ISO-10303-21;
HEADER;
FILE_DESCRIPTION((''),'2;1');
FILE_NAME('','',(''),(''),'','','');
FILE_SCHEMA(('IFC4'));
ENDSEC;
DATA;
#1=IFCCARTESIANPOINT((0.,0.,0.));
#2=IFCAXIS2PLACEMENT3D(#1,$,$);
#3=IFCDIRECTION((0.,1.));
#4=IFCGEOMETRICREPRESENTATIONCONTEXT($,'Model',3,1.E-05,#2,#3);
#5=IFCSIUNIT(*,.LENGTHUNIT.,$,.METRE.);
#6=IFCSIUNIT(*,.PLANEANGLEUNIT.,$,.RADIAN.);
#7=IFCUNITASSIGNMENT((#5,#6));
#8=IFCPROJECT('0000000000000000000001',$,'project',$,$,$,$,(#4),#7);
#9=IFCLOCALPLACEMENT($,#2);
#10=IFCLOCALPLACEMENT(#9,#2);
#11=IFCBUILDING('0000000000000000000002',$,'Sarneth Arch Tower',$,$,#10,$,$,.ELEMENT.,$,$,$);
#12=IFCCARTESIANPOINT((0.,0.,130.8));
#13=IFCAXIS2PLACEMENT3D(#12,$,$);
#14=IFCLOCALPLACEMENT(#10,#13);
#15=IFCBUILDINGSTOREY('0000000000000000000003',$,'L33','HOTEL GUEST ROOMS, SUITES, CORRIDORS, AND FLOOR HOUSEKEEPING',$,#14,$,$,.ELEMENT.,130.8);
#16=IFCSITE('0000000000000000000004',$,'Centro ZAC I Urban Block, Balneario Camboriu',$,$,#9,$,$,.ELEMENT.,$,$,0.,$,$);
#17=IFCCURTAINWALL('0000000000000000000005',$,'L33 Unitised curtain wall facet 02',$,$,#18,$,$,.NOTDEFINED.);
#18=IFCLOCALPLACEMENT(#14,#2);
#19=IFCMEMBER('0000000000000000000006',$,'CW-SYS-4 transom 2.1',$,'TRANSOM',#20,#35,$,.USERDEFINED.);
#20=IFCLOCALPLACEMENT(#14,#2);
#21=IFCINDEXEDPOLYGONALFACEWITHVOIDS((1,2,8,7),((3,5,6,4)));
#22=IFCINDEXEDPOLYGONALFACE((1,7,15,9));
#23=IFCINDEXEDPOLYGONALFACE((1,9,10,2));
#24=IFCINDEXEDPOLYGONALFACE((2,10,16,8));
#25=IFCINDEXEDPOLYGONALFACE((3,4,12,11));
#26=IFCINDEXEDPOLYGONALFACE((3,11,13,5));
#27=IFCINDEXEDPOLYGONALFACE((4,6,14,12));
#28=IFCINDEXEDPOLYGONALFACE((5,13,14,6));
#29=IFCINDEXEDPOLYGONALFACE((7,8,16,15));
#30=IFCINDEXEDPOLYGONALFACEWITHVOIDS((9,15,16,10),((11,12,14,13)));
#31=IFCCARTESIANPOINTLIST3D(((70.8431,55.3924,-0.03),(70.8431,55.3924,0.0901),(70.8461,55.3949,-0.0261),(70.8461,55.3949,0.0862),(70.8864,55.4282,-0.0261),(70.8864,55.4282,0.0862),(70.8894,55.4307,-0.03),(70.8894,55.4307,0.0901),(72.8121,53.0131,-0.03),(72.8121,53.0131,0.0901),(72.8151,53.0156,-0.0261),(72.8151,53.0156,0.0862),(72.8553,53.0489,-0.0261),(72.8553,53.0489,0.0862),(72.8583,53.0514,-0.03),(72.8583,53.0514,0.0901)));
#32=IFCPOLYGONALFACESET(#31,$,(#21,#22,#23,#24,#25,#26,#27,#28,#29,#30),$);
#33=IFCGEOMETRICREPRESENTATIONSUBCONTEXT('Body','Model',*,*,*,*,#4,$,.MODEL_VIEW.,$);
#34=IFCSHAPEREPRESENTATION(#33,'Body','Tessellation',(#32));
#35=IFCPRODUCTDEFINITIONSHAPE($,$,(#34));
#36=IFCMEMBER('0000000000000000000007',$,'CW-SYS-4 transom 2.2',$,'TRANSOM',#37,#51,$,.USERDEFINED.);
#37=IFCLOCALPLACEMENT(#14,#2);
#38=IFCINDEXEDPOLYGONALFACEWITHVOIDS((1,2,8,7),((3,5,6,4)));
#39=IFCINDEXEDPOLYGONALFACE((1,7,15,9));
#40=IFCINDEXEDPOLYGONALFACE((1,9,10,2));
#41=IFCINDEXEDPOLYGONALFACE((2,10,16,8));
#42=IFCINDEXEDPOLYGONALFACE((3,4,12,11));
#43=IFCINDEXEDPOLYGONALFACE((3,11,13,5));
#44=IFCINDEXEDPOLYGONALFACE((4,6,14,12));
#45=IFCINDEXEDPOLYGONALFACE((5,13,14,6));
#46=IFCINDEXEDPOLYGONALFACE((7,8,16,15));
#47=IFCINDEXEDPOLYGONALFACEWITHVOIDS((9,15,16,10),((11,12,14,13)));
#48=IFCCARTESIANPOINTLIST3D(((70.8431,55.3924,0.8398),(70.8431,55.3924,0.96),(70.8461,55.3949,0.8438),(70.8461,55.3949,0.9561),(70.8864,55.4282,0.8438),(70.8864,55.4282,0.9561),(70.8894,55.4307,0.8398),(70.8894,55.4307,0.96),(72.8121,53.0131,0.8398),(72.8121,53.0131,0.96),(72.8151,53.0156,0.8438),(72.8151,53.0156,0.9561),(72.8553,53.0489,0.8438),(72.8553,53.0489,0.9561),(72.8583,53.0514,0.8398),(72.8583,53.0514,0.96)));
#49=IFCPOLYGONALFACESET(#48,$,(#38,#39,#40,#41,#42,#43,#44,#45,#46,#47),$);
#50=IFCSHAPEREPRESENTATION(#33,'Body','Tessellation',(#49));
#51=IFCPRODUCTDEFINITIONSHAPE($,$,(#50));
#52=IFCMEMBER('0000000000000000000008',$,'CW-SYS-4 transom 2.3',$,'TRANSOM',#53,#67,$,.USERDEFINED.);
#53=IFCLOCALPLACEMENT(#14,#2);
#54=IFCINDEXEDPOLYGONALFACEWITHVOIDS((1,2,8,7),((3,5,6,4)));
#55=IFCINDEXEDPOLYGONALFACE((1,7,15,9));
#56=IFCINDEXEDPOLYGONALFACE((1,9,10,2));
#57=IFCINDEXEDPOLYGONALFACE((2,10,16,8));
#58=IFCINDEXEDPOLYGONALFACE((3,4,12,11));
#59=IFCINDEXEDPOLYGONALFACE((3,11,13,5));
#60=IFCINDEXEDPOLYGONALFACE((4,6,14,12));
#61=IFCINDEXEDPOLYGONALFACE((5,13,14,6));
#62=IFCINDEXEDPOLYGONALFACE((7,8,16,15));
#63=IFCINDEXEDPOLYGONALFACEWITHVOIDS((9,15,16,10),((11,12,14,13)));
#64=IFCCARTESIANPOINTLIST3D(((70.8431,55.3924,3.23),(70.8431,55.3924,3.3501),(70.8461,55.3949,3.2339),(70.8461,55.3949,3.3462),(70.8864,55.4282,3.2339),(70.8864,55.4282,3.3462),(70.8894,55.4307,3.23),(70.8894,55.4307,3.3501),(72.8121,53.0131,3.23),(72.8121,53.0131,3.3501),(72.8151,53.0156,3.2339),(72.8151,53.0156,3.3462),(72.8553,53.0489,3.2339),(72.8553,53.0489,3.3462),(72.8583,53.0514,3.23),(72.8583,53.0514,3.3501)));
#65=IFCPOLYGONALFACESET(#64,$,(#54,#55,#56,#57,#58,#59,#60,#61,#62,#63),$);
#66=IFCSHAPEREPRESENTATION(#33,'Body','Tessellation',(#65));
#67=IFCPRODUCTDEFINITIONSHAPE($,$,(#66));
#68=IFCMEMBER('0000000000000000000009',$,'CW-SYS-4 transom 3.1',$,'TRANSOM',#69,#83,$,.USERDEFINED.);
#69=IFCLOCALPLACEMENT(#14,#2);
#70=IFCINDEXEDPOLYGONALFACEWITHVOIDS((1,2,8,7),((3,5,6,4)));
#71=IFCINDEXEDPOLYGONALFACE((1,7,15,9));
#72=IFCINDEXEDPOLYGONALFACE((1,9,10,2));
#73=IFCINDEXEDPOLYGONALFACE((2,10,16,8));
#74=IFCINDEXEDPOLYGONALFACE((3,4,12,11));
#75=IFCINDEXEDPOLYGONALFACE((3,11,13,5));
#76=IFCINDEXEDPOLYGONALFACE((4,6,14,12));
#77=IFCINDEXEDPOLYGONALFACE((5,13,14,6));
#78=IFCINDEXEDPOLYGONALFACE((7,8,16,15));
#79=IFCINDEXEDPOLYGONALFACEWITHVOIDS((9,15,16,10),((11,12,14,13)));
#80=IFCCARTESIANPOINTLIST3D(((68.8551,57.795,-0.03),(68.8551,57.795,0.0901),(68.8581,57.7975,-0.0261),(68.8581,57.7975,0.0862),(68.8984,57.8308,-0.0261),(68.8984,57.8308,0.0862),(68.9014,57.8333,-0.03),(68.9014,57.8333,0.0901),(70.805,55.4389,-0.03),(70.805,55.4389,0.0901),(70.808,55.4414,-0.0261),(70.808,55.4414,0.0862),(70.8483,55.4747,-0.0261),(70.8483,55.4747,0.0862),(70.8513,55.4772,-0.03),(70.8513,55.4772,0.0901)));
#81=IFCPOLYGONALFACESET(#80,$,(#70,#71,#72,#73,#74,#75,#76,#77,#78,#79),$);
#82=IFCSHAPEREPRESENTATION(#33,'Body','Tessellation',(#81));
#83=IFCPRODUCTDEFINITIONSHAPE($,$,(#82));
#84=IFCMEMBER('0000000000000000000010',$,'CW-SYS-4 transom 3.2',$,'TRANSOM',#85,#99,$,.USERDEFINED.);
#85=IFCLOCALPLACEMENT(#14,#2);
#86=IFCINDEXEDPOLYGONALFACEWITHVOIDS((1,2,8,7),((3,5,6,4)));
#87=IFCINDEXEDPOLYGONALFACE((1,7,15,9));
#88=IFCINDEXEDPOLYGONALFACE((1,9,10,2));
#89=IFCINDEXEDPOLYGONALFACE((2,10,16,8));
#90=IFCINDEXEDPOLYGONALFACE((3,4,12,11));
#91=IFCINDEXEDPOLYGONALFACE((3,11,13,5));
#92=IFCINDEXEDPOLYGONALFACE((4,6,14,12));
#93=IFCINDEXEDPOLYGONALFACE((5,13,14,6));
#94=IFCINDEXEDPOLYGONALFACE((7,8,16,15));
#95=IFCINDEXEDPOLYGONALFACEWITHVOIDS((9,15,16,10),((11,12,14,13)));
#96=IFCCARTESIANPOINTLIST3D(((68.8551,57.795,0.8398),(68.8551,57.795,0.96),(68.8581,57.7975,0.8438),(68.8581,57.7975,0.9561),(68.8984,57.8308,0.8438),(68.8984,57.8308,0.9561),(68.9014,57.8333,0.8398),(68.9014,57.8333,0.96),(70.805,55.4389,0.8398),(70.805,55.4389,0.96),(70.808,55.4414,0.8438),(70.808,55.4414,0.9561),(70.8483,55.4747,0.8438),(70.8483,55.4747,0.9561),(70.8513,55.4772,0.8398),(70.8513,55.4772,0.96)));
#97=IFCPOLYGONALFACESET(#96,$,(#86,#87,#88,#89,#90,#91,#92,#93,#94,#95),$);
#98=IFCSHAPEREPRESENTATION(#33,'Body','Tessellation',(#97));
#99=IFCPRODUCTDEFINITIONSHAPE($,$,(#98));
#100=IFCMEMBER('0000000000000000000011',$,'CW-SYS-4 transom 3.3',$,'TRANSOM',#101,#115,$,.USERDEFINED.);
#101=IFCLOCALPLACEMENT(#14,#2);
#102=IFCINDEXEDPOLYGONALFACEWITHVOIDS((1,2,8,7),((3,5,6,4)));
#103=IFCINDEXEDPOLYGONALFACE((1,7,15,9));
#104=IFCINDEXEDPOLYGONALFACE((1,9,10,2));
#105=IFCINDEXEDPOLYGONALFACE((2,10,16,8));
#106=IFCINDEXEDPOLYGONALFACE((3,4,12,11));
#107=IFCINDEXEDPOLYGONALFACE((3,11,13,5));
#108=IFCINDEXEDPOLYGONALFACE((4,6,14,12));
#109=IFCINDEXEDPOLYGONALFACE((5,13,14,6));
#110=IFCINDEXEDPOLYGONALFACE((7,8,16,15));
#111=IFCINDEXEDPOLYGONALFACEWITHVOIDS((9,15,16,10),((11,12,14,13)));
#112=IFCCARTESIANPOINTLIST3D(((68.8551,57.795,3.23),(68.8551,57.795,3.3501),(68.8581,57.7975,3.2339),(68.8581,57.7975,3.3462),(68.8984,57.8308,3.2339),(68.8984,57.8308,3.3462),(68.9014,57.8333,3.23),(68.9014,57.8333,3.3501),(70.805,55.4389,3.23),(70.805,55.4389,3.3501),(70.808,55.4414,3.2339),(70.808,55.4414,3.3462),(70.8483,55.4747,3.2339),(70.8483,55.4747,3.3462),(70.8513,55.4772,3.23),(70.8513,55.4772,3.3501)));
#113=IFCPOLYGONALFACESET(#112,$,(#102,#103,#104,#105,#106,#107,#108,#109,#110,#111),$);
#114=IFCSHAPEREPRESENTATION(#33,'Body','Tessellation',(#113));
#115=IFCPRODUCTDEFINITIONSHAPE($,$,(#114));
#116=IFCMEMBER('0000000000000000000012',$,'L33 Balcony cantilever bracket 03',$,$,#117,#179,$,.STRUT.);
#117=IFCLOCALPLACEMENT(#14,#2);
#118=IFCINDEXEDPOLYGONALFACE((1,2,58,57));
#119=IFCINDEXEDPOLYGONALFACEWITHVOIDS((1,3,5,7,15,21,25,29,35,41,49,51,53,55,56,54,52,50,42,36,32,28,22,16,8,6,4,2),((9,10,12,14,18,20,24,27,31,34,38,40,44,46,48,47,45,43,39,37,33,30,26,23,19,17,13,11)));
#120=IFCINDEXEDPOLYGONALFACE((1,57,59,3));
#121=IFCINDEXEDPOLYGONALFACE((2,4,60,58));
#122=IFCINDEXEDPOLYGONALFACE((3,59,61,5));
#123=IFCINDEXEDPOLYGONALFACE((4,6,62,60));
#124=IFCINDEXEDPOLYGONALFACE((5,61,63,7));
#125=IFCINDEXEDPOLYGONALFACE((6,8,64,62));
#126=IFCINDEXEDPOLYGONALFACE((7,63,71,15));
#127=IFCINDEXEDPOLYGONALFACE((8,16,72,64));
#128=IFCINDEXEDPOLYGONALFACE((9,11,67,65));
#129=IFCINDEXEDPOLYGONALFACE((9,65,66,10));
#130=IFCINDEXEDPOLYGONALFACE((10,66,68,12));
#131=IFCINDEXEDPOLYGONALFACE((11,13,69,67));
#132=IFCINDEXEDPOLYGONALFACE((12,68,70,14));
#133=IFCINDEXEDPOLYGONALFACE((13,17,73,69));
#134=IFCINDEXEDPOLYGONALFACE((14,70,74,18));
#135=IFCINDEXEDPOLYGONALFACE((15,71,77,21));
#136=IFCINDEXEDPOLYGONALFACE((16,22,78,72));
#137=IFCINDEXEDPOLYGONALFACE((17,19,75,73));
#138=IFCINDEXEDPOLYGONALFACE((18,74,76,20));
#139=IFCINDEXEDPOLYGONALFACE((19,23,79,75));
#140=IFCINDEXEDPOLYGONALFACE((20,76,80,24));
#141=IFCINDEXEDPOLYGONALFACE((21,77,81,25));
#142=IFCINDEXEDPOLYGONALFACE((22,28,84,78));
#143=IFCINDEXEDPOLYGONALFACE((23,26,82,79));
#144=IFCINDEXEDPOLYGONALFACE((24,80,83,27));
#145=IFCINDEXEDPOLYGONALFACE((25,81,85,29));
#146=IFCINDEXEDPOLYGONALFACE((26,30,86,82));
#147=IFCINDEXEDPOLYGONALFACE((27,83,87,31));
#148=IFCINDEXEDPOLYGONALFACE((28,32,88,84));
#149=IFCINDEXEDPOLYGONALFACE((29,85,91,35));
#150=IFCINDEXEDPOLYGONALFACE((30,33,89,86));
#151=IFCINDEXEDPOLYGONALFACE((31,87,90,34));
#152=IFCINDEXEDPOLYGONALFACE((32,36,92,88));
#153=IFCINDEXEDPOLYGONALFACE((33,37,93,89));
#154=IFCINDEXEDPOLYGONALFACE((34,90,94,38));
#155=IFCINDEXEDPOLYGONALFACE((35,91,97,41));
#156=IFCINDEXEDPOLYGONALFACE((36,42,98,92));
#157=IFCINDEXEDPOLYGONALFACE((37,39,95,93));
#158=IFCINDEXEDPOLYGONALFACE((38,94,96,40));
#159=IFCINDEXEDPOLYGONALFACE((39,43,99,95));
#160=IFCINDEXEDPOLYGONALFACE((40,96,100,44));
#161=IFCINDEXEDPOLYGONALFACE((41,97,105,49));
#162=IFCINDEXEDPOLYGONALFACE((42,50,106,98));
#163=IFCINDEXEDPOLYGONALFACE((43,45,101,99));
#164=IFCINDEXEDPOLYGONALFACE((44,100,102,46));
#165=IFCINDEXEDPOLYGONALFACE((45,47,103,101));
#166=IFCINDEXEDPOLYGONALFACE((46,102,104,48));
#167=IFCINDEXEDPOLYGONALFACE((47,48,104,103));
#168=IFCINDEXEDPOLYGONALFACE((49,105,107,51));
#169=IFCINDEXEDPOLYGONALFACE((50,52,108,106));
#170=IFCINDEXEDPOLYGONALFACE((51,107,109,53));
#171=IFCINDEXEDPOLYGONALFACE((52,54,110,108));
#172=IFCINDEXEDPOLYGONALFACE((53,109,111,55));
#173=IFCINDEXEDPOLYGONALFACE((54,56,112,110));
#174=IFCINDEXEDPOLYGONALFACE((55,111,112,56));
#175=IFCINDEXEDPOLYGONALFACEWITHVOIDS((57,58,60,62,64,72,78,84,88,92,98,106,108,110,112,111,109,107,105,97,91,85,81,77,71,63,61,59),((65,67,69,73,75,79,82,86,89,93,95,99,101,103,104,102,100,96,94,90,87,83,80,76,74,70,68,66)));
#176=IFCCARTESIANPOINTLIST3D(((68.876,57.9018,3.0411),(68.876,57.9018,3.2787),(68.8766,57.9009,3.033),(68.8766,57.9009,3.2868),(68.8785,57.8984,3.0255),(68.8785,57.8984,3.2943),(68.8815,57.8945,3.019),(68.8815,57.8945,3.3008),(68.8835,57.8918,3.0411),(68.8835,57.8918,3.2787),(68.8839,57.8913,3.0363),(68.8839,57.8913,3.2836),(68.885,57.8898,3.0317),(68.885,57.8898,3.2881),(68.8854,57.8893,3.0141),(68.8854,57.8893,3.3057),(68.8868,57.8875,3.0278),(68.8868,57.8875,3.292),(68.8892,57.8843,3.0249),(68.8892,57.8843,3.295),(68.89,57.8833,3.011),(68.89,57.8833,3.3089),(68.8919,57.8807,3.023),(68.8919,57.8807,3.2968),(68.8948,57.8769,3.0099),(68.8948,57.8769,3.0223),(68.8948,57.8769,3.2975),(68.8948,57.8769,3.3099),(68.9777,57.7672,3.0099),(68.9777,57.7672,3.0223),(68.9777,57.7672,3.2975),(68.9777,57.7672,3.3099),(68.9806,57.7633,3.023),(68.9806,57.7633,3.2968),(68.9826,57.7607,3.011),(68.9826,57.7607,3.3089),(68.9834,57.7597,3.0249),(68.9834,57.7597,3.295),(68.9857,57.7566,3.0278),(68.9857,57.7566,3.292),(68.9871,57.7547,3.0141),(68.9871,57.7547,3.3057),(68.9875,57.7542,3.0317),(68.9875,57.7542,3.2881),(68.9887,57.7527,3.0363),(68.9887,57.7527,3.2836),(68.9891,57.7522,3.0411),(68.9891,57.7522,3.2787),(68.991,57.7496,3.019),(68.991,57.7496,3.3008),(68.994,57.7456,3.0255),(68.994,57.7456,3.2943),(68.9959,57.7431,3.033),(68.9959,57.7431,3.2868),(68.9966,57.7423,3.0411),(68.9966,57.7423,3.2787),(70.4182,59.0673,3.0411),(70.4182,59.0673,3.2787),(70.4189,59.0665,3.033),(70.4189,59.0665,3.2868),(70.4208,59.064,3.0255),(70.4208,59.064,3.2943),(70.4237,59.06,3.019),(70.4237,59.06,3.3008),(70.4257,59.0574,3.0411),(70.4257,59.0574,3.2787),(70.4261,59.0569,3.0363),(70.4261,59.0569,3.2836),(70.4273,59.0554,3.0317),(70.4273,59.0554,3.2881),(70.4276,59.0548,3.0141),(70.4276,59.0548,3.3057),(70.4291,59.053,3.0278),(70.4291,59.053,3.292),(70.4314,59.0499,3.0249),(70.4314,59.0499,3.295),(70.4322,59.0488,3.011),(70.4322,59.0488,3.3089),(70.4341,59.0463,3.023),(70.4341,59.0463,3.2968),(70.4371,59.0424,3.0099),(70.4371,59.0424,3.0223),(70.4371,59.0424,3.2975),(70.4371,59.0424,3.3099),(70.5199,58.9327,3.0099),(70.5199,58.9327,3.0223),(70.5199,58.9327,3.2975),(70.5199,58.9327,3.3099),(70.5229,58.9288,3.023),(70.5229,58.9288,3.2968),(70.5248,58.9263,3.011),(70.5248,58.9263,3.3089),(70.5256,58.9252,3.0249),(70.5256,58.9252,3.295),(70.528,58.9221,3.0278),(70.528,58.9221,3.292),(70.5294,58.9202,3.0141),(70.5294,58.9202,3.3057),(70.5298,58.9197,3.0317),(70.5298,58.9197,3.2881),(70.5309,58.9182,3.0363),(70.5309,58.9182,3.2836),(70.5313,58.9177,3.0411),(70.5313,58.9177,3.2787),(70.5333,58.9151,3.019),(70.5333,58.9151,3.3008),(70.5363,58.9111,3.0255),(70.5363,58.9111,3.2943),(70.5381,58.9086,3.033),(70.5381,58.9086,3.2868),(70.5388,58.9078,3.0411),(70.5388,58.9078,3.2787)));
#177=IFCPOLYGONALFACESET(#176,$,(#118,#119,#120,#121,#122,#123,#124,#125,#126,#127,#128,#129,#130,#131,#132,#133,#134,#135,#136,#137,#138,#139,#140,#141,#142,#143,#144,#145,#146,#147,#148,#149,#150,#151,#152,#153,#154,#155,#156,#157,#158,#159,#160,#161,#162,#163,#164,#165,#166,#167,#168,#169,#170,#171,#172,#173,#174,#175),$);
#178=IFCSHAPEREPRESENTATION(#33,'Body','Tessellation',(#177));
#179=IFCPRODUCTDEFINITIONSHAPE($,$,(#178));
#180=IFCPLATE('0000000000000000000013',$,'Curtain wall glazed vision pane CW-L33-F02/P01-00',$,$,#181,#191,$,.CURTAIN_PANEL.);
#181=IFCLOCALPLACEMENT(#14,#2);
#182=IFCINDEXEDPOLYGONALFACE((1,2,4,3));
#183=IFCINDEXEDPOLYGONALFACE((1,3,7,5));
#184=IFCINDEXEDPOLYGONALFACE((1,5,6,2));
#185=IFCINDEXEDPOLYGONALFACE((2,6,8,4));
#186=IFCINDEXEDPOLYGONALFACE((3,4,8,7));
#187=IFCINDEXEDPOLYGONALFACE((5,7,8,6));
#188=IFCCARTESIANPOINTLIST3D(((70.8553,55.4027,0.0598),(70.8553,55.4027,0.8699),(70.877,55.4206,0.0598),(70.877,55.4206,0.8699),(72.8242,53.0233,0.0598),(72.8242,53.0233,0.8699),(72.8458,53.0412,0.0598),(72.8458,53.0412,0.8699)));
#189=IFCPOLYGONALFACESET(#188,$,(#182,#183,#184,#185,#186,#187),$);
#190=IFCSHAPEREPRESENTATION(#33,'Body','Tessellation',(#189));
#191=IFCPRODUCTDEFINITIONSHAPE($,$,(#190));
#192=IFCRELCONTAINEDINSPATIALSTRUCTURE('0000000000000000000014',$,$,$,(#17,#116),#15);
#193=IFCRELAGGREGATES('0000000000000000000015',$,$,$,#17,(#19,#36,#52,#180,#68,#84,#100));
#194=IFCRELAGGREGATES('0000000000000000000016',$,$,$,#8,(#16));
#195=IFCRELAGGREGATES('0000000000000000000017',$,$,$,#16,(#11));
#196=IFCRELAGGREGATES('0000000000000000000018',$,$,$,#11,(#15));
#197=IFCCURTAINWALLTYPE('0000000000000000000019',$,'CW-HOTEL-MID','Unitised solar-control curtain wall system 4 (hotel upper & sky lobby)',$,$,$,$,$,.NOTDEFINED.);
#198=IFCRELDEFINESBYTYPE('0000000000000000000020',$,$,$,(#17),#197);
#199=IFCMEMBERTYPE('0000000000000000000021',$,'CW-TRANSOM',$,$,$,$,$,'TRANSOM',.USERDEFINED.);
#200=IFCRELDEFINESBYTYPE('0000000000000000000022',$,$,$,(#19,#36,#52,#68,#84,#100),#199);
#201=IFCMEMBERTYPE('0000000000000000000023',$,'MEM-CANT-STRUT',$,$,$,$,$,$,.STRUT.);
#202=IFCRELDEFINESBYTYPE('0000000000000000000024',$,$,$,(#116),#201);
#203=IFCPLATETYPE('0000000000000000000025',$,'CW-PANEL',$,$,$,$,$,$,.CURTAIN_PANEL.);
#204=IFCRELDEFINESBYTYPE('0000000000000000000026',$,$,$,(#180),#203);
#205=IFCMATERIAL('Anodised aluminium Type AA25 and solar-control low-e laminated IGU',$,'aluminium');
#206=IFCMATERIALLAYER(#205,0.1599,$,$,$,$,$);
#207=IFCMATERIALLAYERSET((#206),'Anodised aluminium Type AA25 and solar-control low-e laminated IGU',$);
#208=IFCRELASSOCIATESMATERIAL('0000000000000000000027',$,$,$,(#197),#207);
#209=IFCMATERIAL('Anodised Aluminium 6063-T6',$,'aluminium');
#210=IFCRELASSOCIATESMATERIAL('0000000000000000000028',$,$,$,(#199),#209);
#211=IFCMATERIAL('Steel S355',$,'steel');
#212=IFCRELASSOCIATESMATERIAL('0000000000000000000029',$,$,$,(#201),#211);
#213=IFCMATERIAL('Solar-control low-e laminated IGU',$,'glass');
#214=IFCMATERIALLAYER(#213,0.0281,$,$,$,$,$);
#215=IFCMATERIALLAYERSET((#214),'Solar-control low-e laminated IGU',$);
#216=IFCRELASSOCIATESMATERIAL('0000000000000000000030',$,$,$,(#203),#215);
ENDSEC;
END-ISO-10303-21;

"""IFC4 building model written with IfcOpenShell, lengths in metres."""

from ifc_helpers import new_model, si_unit, direction, frame, origin, origin_2d, place, context, subcontext, project, spatial, rectangle, hollow_rectangle, extrude, material, layer, layer_set, material_profile, profile_set, type_object, element, aggregate, save


model = new_model("IFC4")

# Units and contexts
model_context = context("Model", 3, precision=1e-05, world=origin(), true_north=direction((0.0, 1.0)))
body_context = subcontext(model_context, "Body", "Model", "MODEL_VIEW")
ifc_project = project(units=[si_unit("LENGTHUNIT", "METRE"), si_unit("PLANEANGLEUNIT", "RADIAN")], contexts=[model_context])

# Site, building, storey
site_placement = place(None, origin())
site = spatial("IfcSite", under=ifc_project, at=site_placement, Name="Centro ZAC I Urban Block, Balneario Camboriu", CompositionType="ELEMENT", RefElevation=0.0)
building_placement = place(site_placement, origin())
building = spatial("IfcBuilding", under=site, at=building_placement, Name="Sarneth Arch Tower", CompositionType="ELEMENT")
storey_placement = place(building_placement, frame((0.0, 0.0, 130.8)))
storey = spatial("IfcBuildingStorey", under=building, at=storey_placement, Name="L33", Description="HOTEL GUEST ROOMS, SUITES, CORRIDORS, AND FLOOR HOUSEKEEPING", CompositionType="ELEMENT", Elevation=130.8)

# Curtain wall, members
ifc_material_1 = material(Name="Anodised aluminium Type AA25 and solar-control low-e laminated IGU", Category="aluminium")
ifc_layer_1 = layer(ifc_material_1, 0.1599)
ifc_layer_set_1 = layer_set([ifc_layer_1], Name="Anodised aluminium Type AA25 and solar-control low-e laminated IGU")
curtain_wall_type = type_object("IfcCurtainWallType", Name="CW-HOTEL-MID", Description="Unitised solar-control curtain wall system 4 (hotel upper & sky lobby)", PredefinedType="NOTDEFINED", material=ifc_layer_set_1)
curtain_wall_placement = place(storey_placement, origin())
curtain_wall = element("IfcCurtainWall", 1, at=curtain_wall_placement, inside=storey, type_object=curtain_wall_type, Name="L33 Unitised curtain wall facet 02", PredefinedType="NOTDEFINED")
ifc_material_2 = material(Name="Anodised Aluminium 6063-T6", Category="aluminium")
ifc_material_profile_1 = material_profile(ifc_material_2, hollow_rectangle(XDim=0.0601, YDim=0.1201, WallThickness=0.0039, at=origin_2d()), Name="AL-TRAN-120x60x4")
ifc_profile_set_1 = profile_set([ifc_material_profile_1], Name="Anodised Aluminium 6063-T6")
member_type_1 = type_object("IfcMemberType", Name="CW-TRANSOM", ElementType="TRANSOM", PredefinedType="USERDEFINED", material=ifc_profile_set_1)
member_1_placement = place(storey_placement, frame((72.8352, 53.0322, 0.03), z_axis=(-0.637537, 0.77042, 0.0), x_axis=(-0.77042, -0.637537, 0.0)))
member_1 = element("IfcMember", 2, at=member_1_placement, type_object=member_type_1, Name="CW-SYS-4 transom 2.1", ObjectType="TRANSOM", PredefinedType="USERDEFINED", context=body_context, shape_type="SweptSolid", body=[
    extrude(hollow_rectangle(XDim=0.0601, YDim=0.1201, WallThickness=0.0039, at=origin_2d()), origin(), (0.0, 0.0, 1.0), 3.0884),
])
member_2_placement = place(storey_placement, frame((72.8352, 53.0322, 0.8999), z_axis=(-0.637537, 0.77042, 0.0), x_axis=(-0.77042, -0.637537, 0.0)))
member_2 = element("IfcMember", 3, at=member_2_placement, type_object=member_type_1, Name="CW-SYS-4 transom 2.2", ObjectType="TRANSOM", PredefinedType="USERDEFINED", context=body_context, shape_type="SweptSolid", body=[
    extrude(hollow_rectangle(XDim=0.0601, YDim=0.1201, WallThickness=0.0039, at=origin_2d()), origin(), (0.0, 0.0, 1.0), 3.0884),
])
member_3_placement = place(storey_placement, frame((72.8352, 53.0322, 3.29), z_axis=(-0.637537, 0.77042, 0.0), x_axis=(-0.77042, -0.637537, 0.0)))
member_3 = element("IfcMember", 4, at=member_3_placement, type_object=member_type_1, Name="CW-SYS-4 transom 2.3", ObjectType="TRANSOM", PredefinedType="USERDEFINED", context=body_context, shape_type="SweptSolid", body=[
    extrude(hollow_rectangle(XDim=0.0601, YDim=0.1201, WallThickness=0.0039, at=origin_2d()), origin(), (0.0, 0.0, 1.0), 3.0884),
])
member_4_placement = place(storey_placement, frame((70.8281, 55.458, 0.03), z_axis=(-0.637566, 0.770396, 0.0), x_axis=(-0.770396, -0.637566, 0.0)))
member_4 = element("IfcMember", 5, at=member_4_placement, type_object=member_type_1, Name="CW-SYS-4 transom 3.1", ObjectType="TRANSOM", PredefinedType="USERDEFINED", context=body_context, shape_type="SweptSolid", body=[
    extrude(hollow_rectangle(XDim=0.0601, YDim=0.1201, WallThickness=0.0039, at=origin_2d()), origin(), (0.0, 0.0, 1.0), 3.0583),
])
member_5_placement = place(storey_placement, frame((70.8281, 55.458, 0.8999), z_axis=(-0.637566, 0.770396, 0.0), x_axis=(-0.770396, -0.637566, 0.0)))
member_5 = element("IfcMember", 6, at=member_5_placement, type_object=member_type_1, Name="CW-SYS-4 transom 3.2", ObjectType="TRANSOM", PredefinedType="USERDEFINED", context=body_context, shape_type="SweptSolid", body=[
    extrude(hollow_rectangle(XDim=0.0601, YDim=0.1201, WallThickness=0.0039, at=origin_2d()), origin(), (0.0, 0.0, 1.0), 3.0583),
])
member_6_placement = place(storey_placement, frame((70.8281, 55.458, 3.29), z_axis=(-0.637566, 0.770396, 0.0), x_axis=(-0.770396, -0.637566, 0.0)))
member_6 = element("IfcMember", 7, at=member_6_placement, type_object=member_type_1, Name="CW-SYS-4 transom 3.3", ObjectType="TRANSOM", PredefinedType="USERDEFINED", context=body_context, shape_type="SweptSolid", body=[
    extrude(hollow_rectangle(XDim=0.0601, YDim=0.1201, WallThickness=0.0039, at=origin_2d()), origin(), (0.0, 0.0, 1.0), 3.0583),
])

# Member
ifc_material_3 = material(Name="Steel S355", Category="steel")
ifc_material_profile_2 = material_profile(ifc_material_3, hollow_rectangle(XDim=0.2, YDim=0.3, WallThickness=0.0125, InnerFilletRadius=0.0188, OuterFilletRadius=0.0312, at=origin_2d()), Name="RHS300x200x12.5")
ifc_profile_set_2 = profile_set([ifc_material_profile_2], Name="Steel S355")
member_type_2 = type_object("IfcMemberType", Name="MEM-CANT-STRUT", PredefinedType="STRUT", material=ifc_profile_set_2)
member_7_placement = place(storey_placement, frame((68.9363, 57.822, 3.1599), z_axis=(0.797797, 0.602926, 0.0), x_axis=(-0.602926, 0.797797, 0.0)))
element("IfcMember", 8, at=member_7_placement, inside=storey, type_object=member_type_2, Name="L33 Balcony cantilever bracket 03", PredefinedType="STRUT", context=body_context, shape_type="SweptSolid", body=[
    extrude(hollow_rectangle(XDim=0.2, YDim=0.3, WallThickness=0.0125, InnerFilletRadius=0.0188, OuterFilletRadius=0.0312, at=origin_2d()), origin(), (0.0, 0.0, 1.0), 1.9331),
])

# Plate
ifc_material_4 = material(Name="Solar-control low-e laminated IGU", Category="glass")
ifc_layer_2 = layer(ifc_material_4, 0.0281)
ifc_layer_set_2 = layer_set([ifc_layer_2], Name="Solar-control low-e laminated IGU")
plate_type_1 = type_object("IfcPlateType", Name="CW-PANEL", PredefinedType="CURTAIN_PANEL", material=ifc_layer_set_2)
plate_1_placement = place(storey_placement, frame((71.8506, 54.2219, 0.0598), z_axis=(0.0, 0.0, 1.0), x_axis=(-0.637515, 0.770438, 0.0)))
plate_1 = element("IfcPlate", 9, at=plate_1_placement, type_object=plate_type_1, Name="Curtain wall glazed vision pane CW-L33-F02/P01-00", PredefinedType="CURTAIN_PANEL", context=body_context, shape_type="SweptSolid", body=[
    extrude(rectangle(XDim=3.0884, YDim=0.0281, at=origin_2d()), origin(), (0.0, 0.0, 1.0), 0.8101),
])
aggregate(curtain_wall, [member_1, member_2, member_3, plate_1, member_4, member_5, member_6])

save(model, "model.ifc")
